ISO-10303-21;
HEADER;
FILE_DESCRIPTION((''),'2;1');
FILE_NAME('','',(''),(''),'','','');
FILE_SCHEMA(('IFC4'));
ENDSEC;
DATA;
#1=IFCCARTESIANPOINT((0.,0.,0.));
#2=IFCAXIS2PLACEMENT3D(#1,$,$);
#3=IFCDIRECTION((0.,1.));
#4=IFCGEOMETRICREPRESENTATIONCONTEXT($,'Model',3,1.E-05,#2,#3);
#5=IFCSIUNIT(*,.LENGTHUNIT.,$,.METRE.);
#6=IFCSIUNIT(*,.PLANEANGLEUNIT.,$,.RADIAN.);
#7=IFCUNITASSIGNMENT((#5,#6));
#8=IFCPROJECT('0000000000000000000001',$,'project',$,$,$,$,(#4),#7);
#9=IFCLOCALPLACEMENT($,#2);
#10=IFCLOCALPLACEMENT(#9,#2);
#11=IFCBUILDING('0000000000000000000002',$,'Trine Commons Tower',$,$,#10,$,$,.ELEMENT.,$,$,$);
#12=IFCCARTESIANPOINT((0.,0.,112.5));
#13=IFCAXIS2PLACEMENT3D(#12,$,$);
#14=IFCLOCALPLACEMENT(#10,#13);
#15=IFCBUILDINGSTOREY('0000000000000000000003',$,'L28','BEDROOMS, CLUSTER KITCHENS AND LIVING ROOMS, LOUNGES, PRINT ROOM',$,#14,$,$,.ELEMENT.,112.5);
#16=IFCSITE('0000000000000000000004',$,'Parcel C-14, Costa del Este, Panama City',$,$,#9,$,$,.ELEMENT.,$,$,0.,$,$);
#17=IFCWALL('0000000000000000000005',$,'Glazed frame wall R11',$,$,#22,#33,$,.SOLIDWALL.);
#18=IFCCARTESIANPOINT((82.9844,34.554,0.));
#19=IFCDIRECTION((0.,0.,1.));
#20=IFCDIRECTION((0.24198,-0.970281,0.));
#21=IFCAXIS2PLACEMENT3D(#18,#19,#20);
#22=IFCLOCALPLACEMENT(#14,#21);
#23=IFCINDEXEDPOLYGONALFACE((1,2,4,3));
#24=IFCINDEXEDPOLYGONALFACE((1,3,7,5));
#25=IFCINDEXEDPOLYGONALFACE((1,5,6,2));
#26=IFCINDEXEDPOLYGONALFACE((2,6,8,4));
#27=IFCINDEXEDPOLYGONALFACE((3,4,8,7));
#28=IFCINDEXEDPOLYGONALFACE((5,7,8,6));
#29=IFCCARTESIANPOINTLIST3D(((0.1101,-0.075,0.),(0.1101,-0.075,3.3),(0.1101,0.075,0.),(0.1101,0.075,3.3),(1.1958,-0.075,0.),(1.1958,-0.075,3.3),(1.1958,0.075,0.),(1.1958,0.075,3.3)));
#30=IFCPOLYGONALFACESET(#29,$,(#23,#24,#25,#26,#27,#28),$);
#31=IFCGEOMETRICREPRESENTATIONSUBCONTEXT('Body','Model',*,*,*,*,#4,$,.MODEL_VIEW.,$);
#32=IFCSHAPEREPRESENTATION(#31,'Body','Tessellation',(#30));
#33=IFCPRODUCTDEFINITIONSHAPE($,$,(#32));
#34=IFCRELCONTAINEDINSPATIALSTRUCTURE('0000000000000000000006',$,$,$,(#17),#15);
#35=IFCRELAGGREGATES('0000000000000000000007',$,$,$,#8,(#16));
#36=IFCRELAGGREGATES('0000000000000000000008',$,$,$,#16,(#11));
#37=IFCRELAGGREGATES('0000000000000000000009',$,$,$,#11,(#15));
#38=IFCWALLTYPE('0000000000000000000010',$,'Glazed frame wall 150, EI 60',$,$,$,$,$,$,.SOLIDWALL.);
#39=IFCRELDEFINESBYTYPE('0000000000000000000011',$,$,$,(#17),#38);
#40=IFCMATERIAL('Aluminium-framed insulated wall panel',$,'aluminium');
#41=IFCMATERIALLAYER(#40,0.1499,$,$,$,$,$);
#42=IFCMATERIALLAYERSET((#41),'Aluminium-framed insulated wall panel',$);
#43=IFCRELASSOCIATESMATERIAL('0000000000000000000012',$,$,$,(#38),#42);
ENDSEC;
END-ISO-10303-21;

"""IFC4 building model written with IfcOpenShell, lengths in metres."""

from ifc_helpers import new_model, si_unit, direction, frame, origin, place, context, subcontext, project, spatial, polyline, outline, extrude, material, layer, layer_set, type_object, element, save


model = new_model("IFC4")

# Units and contexts
model_context = context("Model", 3, precision=1e-05, world=origin(), true_north=direction((0.0, 1.0)))
body_context = subcontext(model_context, "Body", "Model", "MODEL_VIEW")
ifc_project = project(units=[si_unit("LENGTHUNIT", "METRE"), si_unit("PLANEANGLEUNIT", "RADIAN")], contexts=[model_context])

# Site, building, storey
site_placement = place(None, origin())
site = spatial("IfcSite", under=ifc_project, at=site_placement, Name="Parcel C-14, Costa del Este, Panama City", CompositionType="ELEMENT", RefElevation=0.0)
building_placement = place(site_placement, origin())
building = spatial("IfcBuilding", under=site, at=building_placement, Name="Trine Commons Tower", CompositionType="ELEMENT")
storey_placement = place(building_placement, frame((0.0, 0.0, 112.5)))
storey = spatial("IfcBuildingStorey", under=building, at=storey_placement, Name="L28", Description="BEDROOMS, CLUSTER KITCHENS AND LIVING ROOMS, LOUNGES, PRINT ROOM", CompositionType="ELEMENT", Elevation=112.5)

# Shared definitions
ifc_material_1 = material(Name="Aluminium-framed insulated wall panel", Category="aluminium")
ifc_layer_1 = layer(ifc_material_1, 0.1499)
ifc_layer_set_1 = layer_set([ifc_layer_1], Name="Aluminium-framed insulated wall panel")
wall_type_1 = type_object("IfcWallType", Name="Glazed frame wall 150, EI 60", PredefinedType="SOLIDWALL", material=ifc_layer_set_1)

# Wall
wall_1_placement = place(storey_placement, frame((82.9844, 34.554, 0.0), z_axis=(0.0, 0.0, 1.0), x_axis=(0.24198, -0.970281, 0.0)))
element("IfcWall", 1, at=wall_1_placement, inside=storey, type_object=wall_type_1, Name="Glazed frame wall R11", PredefinedType="SOLIDWALL", context=body_context, shape_type="SweptSolid", body=[
    extrude(outline(polyline([(0.1101, 0.075), (0.1101, -0.075), (1.1958, -0.075), (1.1958, 0.075), (0.1101, 0.075)])), origin(), (0.0, 0.0, 1.0), 3.3),
])

save(model, "model.ifc")
